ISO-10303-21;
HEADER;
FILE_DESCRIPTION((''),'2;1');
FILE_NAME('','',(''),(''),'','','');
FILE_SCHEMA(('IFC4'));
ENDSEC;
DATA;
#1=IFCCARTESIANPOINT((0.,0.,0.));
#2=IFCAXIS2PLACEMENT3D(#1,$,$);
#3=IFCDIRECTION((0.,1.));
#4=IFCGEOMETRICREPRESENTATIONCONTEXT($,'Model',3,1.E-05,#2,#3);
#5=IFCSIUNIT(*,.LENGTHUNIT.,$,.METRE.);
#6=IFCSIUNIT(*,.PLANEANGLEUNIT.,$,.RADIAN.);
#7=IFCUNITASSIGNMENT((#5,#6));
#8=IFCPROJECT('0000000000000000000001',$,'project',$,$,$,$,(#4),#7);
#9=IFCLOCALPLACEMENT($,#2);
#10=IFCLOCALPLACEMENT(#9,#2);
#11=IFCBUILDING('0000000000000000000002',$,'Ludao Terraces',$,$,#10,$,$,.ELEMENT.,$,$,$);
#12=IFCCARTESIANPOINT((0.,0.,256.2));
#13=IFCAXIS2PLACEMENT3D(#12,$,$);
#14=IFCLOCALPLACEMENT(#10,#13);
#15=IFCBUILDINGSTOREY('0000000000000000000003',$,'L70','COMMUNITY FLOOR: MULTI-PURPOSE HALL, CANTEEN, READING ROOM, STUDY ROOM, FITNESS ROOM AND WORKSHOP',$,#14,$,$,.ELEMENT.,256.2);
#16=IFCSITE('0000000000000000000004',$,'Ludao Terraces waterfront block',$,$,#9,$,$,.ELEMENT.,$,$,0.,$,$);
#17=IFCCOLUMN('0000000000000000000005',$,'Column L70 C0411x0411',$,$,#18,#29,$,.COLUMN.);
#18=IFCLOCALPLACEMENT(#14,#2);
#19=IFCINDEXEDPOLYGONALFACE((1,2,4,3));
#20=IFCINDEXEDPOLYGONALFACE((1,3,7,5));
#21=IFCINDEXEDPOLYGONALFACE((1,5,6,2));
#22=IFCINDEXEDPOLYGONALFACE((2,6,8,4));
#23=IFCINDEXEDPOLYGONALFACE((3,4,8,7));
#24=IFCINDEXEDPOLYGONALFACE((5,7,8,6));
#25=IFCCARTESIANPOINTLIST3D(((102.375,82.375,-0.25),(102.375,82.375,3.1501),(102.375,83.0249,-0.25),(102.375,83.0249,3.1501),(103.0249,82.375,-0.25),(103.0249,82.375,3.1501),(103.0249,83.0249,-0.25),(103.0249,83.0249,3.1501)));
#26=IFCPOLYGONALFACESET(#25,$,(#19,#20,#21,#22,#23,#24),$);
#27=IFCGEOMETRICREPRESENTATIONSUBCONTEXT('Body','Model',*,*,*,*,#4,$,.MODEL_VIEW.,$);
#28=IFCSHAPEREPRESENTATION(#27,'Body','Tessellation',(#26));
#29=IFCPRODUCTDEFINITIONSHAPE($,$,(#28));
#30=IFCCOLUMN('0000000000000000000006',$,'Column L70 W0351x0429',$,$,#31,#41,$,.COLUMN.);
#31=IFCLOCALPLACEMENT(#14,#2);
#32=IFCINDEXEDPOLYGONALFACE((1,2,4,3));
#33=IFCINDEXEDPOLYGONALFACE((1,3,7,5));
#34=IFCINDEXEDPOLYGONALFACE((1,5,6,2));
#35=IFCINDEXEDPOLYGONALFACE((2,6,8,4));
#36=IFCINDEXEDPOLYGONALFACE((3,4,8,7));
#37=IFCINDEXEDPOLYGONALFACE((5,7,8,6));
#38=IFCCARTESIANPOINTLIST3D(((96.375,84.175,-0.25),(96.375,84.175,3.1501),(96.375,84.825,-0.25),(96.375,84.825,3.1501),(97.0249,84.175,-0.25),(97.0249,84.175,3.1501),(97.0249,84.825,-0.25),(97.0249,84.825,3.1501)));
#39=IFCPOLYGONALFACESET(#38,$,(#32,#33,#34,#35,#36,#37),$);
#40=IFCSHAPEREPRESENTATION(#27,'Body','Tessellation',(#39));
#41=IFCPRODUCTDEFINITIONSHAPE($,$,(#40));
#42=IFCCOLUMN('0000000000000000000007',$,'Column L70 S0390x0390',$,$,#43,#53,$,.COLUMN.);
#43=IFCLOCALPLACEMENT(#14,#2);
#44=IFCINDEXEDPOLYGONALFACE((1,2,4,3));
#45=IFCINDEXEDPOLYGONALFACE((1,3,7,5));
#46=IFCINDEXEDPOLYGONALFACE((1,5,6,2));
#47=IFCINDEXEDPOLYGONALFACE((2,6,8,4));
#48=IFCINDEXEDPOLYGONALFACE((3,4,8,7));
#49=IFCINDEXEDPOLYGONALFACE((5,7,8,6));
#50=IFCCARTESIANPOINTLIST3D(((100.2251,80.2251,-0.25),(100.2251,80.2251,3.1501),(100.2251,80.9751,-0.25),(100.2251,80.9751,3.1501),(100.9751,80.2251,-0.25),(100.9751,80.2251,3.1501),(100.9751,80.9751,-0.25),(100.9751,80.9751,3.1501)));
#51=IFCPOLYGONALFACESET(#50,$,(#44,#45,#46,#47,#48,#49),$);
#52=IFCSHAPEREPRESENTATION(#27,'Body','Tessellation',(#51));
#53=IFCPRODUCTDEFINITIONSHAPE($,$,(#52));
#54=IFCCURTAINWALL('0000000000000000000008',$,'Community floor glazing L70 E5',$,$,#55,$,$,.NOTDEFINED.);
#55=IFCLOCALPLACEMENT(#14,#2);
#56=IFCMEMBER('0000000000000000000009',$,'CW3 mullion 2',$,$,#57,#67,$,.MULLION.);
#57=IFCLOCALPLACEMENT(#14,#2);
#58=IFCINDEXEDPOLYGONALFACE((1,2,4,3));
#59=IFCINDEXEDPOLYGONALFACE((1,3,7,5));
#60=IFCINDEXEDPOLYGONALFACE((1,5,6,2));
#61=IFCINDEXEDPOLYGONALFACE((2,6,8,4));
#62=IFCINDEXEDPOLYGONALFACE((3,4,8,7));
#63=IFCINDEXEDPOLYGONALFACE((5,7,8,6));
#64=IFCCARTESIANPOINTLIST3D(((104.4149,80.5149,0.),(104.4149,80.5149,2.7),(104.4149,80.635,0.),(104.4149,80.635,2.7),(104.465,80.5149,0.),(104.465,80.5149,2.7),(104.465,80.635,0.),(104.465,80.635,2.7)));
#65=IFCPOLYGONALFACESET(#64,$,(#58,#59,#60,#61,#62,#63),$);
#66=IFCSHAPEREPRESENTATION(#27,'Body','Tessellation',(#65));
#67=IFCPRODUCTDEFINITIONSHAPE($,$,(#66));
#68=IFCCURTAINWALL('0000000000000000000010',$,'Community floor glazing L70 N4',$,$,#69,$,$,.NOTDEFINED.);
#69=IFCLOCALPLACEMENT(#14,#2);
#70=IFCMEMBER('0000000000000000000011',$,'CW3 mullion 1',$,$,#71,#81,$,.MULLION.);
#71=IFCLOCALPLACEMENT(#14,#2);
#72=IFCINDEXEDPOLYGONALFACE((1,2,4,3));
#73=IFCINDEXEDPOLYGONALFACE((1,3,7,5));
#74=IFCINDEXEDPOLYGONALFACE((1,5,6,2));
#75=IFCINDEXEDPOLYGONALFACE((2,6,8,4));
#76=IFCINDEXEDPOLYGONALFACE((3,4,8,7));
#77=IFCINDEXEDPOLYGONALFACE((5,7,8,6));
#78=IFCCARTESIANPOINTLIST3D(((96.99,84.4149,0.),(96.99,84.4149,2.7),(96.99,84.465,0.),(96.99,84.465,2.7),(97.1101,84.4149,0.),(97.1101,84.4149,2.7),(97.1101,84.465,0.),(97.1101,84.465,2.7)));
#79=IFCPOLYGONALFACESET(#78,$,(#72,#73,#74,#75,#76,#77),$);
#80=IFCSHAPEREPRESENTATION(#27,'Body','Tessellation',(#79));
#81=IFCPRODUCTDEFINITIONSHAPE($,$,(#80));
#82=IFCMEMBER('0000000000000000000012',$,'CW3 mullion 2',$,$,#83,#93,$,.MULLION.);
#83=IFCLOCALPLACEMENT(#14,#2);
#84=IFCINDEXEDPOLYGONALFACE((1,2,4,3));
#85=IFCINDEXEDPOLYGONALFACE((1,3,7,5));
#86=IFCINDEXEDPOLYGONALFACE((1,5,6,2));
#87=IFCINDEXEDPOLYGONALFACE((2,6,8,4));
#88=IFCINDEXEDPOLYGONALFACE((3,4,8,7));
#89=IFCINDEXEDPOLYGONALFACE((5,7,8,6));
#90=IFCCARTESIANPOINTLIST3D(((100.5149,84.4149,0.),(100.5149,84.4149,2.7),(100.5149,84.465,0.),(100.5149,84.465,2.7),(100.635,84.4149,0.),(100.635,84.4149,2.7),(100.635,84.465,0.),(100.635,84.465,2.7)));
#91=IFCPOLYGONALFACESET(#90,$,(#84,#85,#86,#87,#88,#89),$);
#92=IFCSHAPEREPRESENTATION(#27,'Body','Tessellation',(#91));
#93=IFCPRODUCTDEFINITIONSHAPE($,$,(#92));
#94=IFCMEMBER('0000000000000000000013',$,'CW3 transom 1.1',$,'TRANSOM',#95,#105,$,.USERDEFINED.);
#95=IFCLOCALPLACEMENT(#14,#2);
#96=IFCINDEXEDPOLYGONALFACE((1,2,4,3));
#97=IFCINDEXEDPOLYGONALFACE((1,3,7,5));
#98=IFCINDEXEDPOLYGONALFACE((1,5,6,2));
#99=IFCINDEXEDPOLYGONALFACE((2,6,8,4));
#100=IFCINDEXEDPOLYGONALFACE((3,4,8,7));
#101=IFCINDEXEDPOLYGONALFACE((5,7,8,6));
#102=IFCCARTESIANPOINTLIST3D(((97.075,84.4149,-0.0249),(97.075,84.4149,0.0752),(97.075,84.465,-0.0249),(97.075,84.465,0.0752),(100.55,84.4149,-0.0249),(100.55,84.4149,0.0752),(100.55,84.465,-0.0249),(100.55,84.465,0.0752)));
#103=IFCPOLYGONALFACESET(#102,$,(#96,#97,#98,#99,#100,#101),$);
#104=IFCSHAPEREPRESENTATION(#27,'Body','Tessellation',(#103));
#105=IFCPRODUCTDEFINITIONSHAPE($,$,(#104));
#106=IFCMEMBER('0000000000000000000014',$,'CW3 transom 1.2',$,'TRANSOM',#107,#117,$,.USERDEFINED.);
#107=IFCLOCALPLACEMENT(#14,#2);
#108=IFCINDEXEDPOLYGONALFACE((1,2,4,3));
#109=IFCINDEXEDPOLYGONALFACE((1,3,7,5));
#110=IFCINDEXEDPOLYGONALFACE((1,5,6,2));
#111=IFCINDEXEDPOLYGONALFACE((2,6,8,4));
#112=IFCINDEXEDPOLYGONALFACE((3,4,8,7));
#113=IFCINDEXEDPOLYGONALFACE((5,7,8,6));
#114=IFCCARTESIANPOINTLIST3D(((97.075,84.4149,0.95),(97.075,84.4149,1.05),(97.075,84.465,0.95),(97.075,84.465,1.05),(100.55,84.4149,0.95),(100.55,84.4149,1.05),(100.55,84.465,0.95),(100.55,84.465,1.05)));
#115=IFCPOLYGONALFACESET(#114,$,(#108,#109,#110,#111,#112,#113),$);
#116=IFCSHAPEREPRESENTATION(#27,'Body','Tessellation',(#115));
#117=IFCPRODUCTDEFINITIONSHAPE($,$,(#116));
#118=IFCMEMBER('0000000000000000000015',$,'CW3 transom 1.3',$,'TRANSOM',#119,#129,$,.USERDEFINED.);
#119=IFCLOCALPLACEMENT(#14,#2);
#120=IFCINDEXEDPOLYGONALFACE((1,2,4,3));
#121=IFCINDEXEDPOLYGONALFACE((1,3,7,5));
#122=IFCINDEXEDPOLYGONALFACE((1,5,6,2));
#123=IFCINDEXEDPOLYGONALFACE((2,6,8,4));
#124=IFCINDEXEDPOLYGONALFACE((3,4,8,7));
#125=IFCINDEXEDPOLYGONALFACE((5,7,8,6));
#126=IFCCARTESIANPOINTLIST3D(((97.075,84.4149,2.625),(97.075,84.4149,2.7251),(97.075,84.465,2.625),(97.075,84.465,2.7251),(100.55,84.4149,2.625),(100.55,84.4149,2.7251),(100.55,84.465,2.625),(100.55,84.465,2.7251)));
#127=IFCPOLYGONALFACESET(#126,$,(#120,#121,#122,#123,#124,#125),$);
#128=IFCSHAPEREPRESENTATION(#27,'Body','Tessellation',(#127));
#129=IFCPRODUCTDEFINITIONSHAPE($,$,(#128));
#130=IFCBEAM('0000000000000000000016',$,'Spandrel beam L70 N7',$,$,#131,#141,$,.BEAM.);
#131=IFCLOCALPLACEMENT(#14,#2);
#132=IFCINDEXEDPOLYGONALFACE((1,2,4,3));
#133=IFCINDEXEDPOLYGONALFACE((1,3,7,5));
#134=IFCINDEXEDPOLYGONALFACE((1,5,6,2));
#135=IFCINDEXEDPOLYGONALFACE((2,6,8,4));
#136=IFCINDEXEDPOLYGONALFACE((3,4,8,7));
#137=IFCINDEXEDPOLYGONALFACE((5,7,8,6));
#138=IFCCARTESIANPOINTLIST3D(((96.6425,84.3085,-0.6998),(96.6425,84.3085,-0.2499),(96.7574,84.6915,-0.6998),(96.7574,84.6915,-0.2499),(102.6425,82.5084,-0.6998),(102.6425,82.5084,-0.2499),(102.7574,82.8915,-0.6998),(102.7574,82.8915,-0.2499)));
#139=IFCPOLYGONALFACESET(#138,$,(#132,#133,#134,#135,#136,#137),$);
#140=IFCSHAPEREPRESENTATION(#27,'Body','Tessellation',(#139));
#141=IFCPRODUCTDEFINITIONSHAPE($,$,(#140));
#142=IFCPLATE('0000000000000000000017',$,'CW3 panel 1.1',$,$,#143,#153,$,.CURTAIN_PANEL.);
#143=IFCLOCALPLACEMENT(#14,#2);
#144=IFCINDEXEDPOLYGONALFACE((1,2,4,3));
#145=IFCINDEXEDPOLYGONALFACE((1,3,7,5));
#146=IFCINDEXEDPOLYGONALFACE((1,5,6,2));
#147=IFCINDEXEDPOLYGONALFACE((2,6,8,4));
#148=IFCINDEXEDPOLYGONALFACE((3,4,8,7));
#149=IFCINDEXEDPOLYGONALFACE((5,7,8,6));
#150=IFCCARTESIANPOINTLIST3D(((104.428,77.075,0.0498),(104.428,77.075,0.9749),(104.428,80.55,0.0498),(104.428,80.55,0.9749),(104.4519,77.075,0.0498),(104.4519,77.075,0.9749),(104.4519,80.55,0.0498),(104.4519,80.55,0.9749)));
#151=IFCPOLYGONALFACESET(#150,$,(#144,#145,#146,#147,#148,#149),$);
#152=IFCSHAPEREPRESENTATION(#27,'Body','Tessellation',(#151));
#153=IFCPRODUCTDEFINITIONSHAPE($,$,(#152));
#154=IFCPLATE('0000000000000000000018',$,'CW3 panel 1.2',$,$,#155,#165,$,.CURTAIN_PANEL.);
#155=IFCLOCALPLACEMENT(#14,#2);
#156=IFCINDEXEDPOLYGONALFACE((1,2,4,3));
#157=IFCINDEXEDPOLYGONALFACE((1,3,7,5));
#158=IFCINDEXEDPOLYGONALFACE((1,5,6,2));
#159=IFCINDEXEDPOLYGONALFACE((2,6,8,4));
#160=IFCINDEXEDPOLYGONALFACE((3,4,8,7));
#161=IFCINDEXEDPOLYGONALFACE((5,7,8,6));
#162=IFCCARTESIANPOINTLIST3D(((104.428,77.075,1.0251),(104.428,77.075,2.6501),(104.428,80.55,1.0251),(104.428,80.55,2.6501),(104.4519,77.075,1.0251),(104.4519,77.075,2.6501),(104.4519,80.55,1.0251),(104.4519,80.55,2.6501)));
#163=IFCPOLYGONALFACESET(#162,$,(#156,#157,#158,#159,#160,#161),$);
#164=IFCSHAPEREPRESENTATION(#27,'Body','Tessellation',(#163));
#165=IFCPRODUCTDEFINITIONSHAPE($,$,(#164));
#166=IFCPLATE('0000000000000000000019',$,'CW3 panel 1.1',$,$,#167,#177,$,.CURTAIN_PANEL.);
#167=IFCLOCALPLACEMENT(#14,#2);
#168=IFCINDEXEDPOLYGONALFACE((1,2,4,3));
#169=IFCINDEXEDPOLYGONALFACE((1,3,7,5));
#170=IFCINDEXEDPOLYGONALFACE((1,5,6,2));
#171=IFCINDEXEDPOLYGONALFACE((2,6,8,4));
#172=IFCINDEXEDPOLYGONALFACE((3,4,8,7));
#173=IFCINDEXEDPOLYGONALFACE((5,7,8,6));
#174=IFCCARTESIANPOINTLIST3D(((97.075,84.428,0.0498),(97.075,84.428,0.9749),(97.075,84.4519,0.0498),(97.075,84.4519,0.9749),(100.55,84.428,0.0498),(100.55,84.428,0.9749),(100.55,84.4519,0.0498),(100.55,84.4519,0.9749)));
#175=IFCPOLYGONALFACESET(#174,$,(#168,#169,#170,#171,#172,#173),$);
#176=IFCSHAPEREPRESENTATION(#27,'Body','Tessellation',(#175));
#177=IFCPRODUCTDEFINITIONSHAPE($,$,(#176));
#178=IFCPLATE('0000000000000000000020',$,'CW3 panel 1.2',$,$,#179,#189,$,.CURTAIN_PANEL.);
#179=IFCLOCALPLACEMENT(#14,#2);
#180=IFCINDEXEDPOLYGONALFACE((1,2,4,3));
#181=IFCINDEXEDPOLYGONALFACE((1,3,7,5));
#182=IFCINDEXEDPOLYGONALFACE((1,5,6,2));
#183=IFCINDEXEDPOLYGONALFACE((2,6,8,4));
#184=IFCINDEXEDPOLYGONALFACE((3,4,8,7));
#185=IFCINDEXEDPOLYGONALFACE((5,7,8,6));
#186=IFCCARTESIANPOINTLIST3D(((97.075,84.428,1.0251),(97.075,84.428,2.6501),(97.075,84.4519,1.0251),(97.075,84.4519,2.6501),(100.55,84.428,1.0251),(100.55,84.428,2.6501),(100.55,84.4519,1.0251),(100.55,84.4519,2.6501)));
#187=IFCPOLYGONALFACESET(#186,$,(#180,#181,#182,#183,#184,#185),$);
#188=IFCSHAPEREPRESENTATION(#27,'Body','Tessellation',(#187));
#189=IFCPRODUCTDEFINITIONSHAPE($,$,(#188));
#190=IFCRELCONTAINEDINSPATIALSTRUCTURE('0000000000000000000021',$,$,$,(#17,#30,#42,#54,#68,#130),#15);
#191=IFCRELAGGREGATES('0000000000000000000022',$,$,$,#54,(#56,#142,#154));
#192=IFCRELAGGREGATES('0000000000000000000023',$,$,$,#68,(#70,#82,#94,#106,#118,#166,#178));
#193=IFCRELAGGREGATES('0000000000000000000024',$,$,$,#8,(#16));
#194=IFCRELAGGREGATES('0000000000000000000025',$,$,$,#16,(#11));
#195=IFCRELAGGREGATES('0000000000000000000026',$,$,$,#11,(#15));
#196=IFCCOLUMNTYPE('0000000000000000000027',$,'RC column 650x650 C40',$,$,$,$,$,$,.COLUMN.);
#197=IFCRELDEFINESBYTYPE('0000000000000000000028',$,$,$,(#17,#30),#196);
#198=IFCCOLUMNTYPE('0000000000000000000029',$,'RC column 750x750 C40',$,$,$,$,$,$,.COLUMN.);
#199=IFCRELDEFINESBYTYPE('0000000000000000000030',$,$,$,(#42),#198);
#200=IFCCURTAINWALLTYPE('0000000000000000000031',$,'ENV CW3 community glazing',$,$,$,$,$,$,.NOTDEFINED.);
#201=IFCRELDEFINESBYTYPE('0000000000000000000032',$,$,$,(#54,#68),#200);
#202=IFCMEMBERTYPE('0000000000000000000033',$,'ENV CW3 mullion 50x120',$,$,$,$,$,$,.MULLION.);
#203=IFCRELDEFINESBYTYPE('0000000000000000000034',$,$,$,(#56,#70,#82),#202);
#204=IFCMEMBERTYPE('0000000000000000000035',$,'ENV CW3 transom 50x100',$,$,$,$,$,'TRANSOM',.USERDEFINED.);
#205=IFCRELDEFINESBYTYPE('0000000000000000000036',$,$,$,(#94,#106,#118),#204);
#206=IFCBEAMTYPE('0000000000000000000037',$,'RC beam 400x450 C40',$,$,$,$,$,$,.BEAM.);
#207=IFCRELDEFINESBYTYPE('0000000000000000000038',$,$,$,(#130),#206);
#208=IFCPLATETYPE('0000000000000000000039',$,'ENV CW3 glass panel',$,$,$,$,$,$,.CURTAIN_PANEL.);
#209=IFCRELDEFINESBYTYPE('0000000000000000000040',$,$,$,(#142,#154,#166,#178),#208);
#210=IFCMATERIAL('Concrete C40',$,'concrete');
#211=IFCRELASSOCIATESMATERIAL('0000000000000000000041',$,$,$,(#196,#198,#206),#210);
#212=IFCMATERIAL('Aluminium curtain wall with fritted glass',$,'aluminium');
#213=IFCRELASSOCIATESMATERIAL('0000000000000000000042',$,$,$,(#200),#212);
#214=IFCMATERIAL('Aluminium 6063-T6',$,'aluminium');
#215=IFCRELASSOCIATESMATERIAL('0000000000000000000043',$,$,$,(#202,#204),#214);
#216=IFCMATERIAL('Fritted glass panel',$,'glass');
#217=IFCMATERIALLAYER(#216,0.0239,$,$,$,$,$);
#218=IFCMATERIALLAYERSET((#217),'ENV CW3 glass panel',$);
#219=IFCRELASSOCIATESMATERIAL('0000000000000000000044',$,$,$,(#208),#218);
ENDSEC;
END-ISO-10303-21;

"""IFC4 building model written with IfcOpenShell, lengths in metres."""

from ifc_helpers import new_model, si_unit, direction, frame, origin, origin_2d, place, context, subcontext, project, spatial, rectangle, extrude, material, layer, layer_set, material_profile, profile_set, type_object, element, aggregate, save


model = new_model("IFC4")

# Units and contexts
model_context = context("Model", 3, precision=1e-05, world=origin(), true_north=direction((0.0, 1.0)))
body_context = subcontext(model_context, "Body", "Model", "MODEL_VIEW")
ifc_project = project(units=[si_unit("LENGTHUNIT", "METRE"), si_unit("PLANEANGLEUNIT", "RADIAN")], contexts=[model_context])

# Site, building, storey
site_placement = place(None, origin())
site = spatial("IfcSite", under=ifc_project, at=site_placement, Name="Ludao Terraces waterfront block", CompositionType="ELEMENT", RefElevation=0.0)
building_placement = place(site_placement, origin())
building = spatial("IfcBuilding", under=site, at=building_placement, Name="Ludao Terraces", CompositionType="ELEMENT")
storey_placement = place(building_placement, frame((0.0, 0.0, 256.2)))
storey = spatial("IfcBuildingStorey", under=building, at=storey_placement, Name="L70", Description="COMMUNITY FLOOR: MULTI-PURPOSE HALL, CANTEEN, READING ROOM, STUDY ROOM, FITNESS ROOM AND WORKSHOP", CompositionType="ELEMENT", Elevation=256.2)

# Columns
ifc_material_1 = material(Name="Concrete C40", Category="concrete")
ifc_material_profile_1 = material_profile(ifc_material_1, rectangle(XDim=0.6499, YDim=0.6499, at=origin_2d()), Name="650 X 650")
ifc_profile_set_1 = profile_set([ifc_material_profile_1], Name="Concrete C40")
column_type_1 = type_object("IfcColumnType", Name="RC column 650x650 C40", PredefinedType="COLUMN", material=ifc_profile_set_1)
for number, where, z_axis, x_axis, name in (
    (1, (102.7, 82.7, -0.25), (0.0, 0.0, 1.0), (1.0, 0.0, 0.0), "Column L70 C0411x0411"),
    (2, (96.7, 84.5, -0.25), (0.0, 0.0, 1.0), (1.0, 0.0, 0.0), "Column L70 W0351x0429"),
):
    element("IfcColumn", number, at=place(storey_placement, frame(where, z_axis=z_axis, x_axis=x_axis)), inside=storey, type_object=column_type_1, Name=name, PredefinedType="COLUMN", context=body_context, shape_type="SweptSolid", body=[
        extrude(rectangle(XDim=0.6499, YDim=0.6499, at=origin_2d()), origin(), (0.0, 0.0, 1.0), 3.4001),
    ])
ifc_material_profile_2 = material_profile(ifc_material_1, rectangle(XDim=0.75, YDim=0.75, at=origin_2d()), Name="750 X 750")
ifc_profile_set_2 = profile_set([ifc_material_profile_2], Name="Concrete C40")
column_type_2 = type_object("IfcColumnType", Name="RC column 750x750 C40", PredefinedType="COLUMN", material=ifc_profile_set_2)
column_placement = place(storey_placement, frame((100.6001, 80.6001, -0.25), z_axis=(0.0, 0.0, 1.0), x_axis=(1.0, 0.0, 0.0)))
element("IfcColumn", 3, at=column_placement, inside=storey, type_object=column_type_2, Name="Column L70 S0390x0390", PredefinedType="COLUMN", context=body_context, shape_type="SweptSolid", body=[
    extrude(rectangle(XDim=0.75, YDim=0.75, at=origin_2d()), origin(), (0.0, 0.0, 1.0), 3.4001),
])

# Curtain wall, member
ifc_material_2 = material(Name="Aluminium curtain wall with fritted glass", Category="aluminium")
curtain_wall_type = type_object("IfcCurtainWallType", Name="ENV CW3 community glazing", PredefinedType="NOTDEFINED", material=ifc_material_2)
curtain_wall_1_placement = place(storey_placement, origin())
curtain_wall_1 = element("IfcCurtainWall", 4, at=curtain_wall_1_placement, inside=storey, type_object=curtain_wall_type, Name="Community floor glazing L70 E5", PredefinedType="NOTDEFINED")
ifc_material_3 = material(Name="Aluminium 6063-T6", Category="aluminium")
ifc_material_profile_3 = material_profile(ifc_material_3, rectangle(XDim=0.05, YDim=0.1201, at=origin_2d()), Name="50 X 120")
ifc_profile_set_3 = profile_set([ifc_material_profile_3], Name="Aluminium 6063-T6")
member_type_1 = type_object("IfcMemberType", Name="ENV CW3 mullion 50x120", PredefinedType="MULLION", material=ifc_profile_set_3)
member_1_placement = place(storey_placement, frame((104.4399, 80.575, 0.0), z_axis=(0.0, 0.0, 1.0), x_axis=(-1.0, 0.0, 0.0)))
member_1 = element("IfcMember", 5, at=member_1_placement, type_object=member_type_1, Name="CW3 mullion 2", PredefinedType="MULLION", context=body_context, shape_type="SweptSolid", body=[
    extrude(rectangle(XDim=0.05, YDim=0.1201, at=origin_2d()), origin(), (0.0, 0.0, 1.0), 2.7),
])

# Curtain wall, members
curtain_wall_2_placement = place(storey_placement, origin())
curtain_wall_2 = element("IfcCurtainWall", 6, at=curtain_wall_2_placement, inside=storey, type_object=curtain_wall_type, Name="Community floor glazing L70 N4", PredefinedType="NOTDEFINED")
member_2_placement = place(storey_placement, frame((97.05, 84.4399, 0.0), z_axis=(0.0, 0.0, 1.0), x_axis=(0.0, 1.0, 0.0)))
member_2 = element("IfcMember", 7, at=member_2_placement, type_object=member_type_1, Name="CW3 mullion 1", PredefinedType="MULLION", context=body_context, shape_type="SweptSolid", body=[
    extrude(rectangle(XDim=0.05, YDim=0.1201, at=origin_2d()), origin(), (0.0, 0.0, 1.0), 2.7),
])
member_3_placement = place(storey_placement, frame((100.575, 84.4399, 0.0), z_axis=(0.0, 0.0, 1.0), x_axis=(0.0, 1.0, 0.0)))
member_3 = element("IfcMember", 8, at=member_3_placement, type_object=member_type_1, Name="CW3 mullion 2", PredefinedType="MULLION", context=body_context, shape_type="SweptSolid", body=[
    extrude(rectangle(XDim=0.05, YDim=0.1201, at=origin_2d()), origin(), (0.0, 0.0, 1.0), 2.7),
])
ifc_material_profile_4 = material_profile(ifc_material_3, rectangle(XDim=0.05, YDim=0.1001, at=origin_2d()), Name="50 X 100")
ifc_profile_set_4 = profile_set([ifc_material_profile_4], Name="Aluminium 6063-T6")
member_type_2 = type_object("IfcMemberType", Name="ENV CW3 transom 50x100", ElementType="TRANSOM", PredefinedType="USERDEFINED", material=ifc_profile_set_4)
member_4_placement = place(storey_placement, frame((97.075, 84.4399, 0.0251), z_axis=(1.0, 0.0, 0.0), x_axis=(0.0, 1.0, 0.0)))
member_4 = element("IfcMember", 9, at=member_4_placement, type_object=member_type_2, Name="CW3 transom 1.1", ObjectType="TRANSOM", PredefinedType="USERDEFINED", context=body_context, shape_type="SweptSolid", body=[
    extrude(rectangle(XDim=0.05, YDim=0.1001, at=origin_2d()), origin(), (0.0, 0.0, 1.0), 3.4751),
])
member_5_placement = place(storey_placement, frame((97.075, 84.4399, 1.0), z_axis=(1.0, 0.0, 0.0), x_axis=(0.0, 1.0, 0.0)))
member_5 = element("IfcMember", 10, at=member_5_placement, type_object=member_type_2, Name="CW3 transom 1.2", ObjectType="TRANSOM", PredefinedType="USERDEFINED", context=body_context, shape_type="SweptSolid", body=[
    extrude(rectangle(XDim=0.05, YDim=0.1001, at=origin_2d()), origin(), (0.0, 0.0, 1.0), 3.4751),
])
member_6_placement = place(storey_placement, frame((97.075, 84.4399, 2.675), z_axis=(1.0, 0.0, 0.0), x_axis=(0.0, 1.0, 0.0)))
member_6 = element("IfcMember", 11, at=member_6_placement, type_object=member_type_2, Name="CW3 transom 1.3", ObjectType="TRANSOM", PredefinedType="USERDEFINED", context=body_context, shape_type="SweptSolid", body=[
    extrude(rectangle(XDim=0.05, YDim=0.1001, at=origin_2d()), origin(), (0.0, 0.0, 1.0), 3.4751),
])

# Beam
ifc_material_profile_5 = material_profile(ifc_material_1, rectangle(XDim=0.3999, YDim=0.45, at=origin_2d()), Name="400 X 450")
ifc_profile_set_5 = profile_set([ifc_material_profile_5], Name="Concrete C40")
beam_type = type_object("IfcBeamType", Name="RC beam 400x450 C40", PredefinedType="BEAM", material=ifc_profile_set_5)
beam_placement = place(storey_placement, frame((96.7, 84.5, -0.4749), z_axis=(0.957824, -0.287355, 0.0), x_axis=(0.287355, 0.957824, 0.0)))
element("IfcBeam", 12, at=beam_placement, inside=storey, type_object=beam_type, Name="Spandrel beam L70 N7", PredefinedType="BEAM", context=body_context, shape_type="SweptSolid", body=[
    extrude(rectangle(XDim=0.3999, YDim=0.45, at=origin_2d()), origin(), (0.0, 0.0, 1.0), 6.2642),
])

# Plates
ifc_material_4 = material(Name="Fritted glass panel", Category="glass")
ifc_layer_1 = layer(ifc_material_4, 0.0239)
ifc_layer_set_1 = layer_set([ifc_layer_1], Name="ENV CW3 glass panel")
plate_type = type_object("IfcPlateType", Name="ENV CW3 glass panel", PredefinedType="CURTAIN_PANEL", material=ifc_layer_set_1)
plate_1_placement = place(storey_placement, frame((104.4399, 78.8125, 0.0498), z_axis=(0.0, 0.0, 1.0), x_axis=(0.0, 1.0, 0.0)))
plate_1 = element("IfcPlate", 13, at=plate_1_placement, type_object=plate_type, Name="CW3 panel 1.1", PredefinedType="CURTAIN_PANEL", context=body_context, shape_type="SweptSolid", body=[
    extrude(rectangle(XDim=3.4751, YDim=0.0239, at=origin_2d()), origin(), (0.0, 0.0, 1.0), 0.925),
])
plate_2_placement = place(storey_placement, frame((104.4399, 78.8125, 1.0251), z_axis=(0.0, 0.0, 1.0), x_axis=(0.0, 1.0, 0.0)))
plate_2 = element("IfcPlate", 14, at=plate_2_placement, type_object=plate_type, Name="CW3 panel 1.2", PredefinedType="CURTAIN_PANEL", context=body_context, shape_type="SweptSolid", body=[
    extrude(rectangle(XDim=3.4751, YDim=0.0239, at=origin_2d()), origin(), (0.0, 0.0, 1.0), 1.625),
])
aggregate(curtain_wall_1, [member_1, plate_1, plate_2])
plate_3_placement = place(storey_placement, frame((98.8125, 84.4399, 0.0498), z_axis=(0.0, 0.0, 1.0), x_axis=(1.0, 0.0, 0.0)))
plate_3 = element("IfcPlate", 15, at=plate_3_placement, type_object=plate_type, Name="CW3 panel 1.1", PredefinedType="CURTAIN_PANEL", context=body_context, shape_type="SweptSolid", body=[
    extrude(rectangle(XDim=3.4751, YDim=0.0239, at=origin_2d()), origin(), (0.0, 0.0, 1.0), 0.925),
])
plate_4_placement = place(storey_placement, frame((98.8125, 84.4399, 1.0251), z_axis=(0.0, 0.0, 1.0), x_axis=(1.0, 0.0, 0.0)))
plate_4 = element("IfcPlate", 16, at=plate_4_placement, type_object=plate_type, Name="CW3 panel 1.2", PredefinedType="CURTAIN_PANEL", context=body_context, shape_type="SweptSolid", body=[
    extrude(rectangle(XDim=3.4751, YDim=0.0239, at=origin_2d()), origin(), (0.0, 0.0, 1.0), 1.625),
])
aggregate(curtain_wall_2, [member_2, member_3, member_4, member_5, member_6, plate_3, plate_4])

save(model, "model.ifc")
